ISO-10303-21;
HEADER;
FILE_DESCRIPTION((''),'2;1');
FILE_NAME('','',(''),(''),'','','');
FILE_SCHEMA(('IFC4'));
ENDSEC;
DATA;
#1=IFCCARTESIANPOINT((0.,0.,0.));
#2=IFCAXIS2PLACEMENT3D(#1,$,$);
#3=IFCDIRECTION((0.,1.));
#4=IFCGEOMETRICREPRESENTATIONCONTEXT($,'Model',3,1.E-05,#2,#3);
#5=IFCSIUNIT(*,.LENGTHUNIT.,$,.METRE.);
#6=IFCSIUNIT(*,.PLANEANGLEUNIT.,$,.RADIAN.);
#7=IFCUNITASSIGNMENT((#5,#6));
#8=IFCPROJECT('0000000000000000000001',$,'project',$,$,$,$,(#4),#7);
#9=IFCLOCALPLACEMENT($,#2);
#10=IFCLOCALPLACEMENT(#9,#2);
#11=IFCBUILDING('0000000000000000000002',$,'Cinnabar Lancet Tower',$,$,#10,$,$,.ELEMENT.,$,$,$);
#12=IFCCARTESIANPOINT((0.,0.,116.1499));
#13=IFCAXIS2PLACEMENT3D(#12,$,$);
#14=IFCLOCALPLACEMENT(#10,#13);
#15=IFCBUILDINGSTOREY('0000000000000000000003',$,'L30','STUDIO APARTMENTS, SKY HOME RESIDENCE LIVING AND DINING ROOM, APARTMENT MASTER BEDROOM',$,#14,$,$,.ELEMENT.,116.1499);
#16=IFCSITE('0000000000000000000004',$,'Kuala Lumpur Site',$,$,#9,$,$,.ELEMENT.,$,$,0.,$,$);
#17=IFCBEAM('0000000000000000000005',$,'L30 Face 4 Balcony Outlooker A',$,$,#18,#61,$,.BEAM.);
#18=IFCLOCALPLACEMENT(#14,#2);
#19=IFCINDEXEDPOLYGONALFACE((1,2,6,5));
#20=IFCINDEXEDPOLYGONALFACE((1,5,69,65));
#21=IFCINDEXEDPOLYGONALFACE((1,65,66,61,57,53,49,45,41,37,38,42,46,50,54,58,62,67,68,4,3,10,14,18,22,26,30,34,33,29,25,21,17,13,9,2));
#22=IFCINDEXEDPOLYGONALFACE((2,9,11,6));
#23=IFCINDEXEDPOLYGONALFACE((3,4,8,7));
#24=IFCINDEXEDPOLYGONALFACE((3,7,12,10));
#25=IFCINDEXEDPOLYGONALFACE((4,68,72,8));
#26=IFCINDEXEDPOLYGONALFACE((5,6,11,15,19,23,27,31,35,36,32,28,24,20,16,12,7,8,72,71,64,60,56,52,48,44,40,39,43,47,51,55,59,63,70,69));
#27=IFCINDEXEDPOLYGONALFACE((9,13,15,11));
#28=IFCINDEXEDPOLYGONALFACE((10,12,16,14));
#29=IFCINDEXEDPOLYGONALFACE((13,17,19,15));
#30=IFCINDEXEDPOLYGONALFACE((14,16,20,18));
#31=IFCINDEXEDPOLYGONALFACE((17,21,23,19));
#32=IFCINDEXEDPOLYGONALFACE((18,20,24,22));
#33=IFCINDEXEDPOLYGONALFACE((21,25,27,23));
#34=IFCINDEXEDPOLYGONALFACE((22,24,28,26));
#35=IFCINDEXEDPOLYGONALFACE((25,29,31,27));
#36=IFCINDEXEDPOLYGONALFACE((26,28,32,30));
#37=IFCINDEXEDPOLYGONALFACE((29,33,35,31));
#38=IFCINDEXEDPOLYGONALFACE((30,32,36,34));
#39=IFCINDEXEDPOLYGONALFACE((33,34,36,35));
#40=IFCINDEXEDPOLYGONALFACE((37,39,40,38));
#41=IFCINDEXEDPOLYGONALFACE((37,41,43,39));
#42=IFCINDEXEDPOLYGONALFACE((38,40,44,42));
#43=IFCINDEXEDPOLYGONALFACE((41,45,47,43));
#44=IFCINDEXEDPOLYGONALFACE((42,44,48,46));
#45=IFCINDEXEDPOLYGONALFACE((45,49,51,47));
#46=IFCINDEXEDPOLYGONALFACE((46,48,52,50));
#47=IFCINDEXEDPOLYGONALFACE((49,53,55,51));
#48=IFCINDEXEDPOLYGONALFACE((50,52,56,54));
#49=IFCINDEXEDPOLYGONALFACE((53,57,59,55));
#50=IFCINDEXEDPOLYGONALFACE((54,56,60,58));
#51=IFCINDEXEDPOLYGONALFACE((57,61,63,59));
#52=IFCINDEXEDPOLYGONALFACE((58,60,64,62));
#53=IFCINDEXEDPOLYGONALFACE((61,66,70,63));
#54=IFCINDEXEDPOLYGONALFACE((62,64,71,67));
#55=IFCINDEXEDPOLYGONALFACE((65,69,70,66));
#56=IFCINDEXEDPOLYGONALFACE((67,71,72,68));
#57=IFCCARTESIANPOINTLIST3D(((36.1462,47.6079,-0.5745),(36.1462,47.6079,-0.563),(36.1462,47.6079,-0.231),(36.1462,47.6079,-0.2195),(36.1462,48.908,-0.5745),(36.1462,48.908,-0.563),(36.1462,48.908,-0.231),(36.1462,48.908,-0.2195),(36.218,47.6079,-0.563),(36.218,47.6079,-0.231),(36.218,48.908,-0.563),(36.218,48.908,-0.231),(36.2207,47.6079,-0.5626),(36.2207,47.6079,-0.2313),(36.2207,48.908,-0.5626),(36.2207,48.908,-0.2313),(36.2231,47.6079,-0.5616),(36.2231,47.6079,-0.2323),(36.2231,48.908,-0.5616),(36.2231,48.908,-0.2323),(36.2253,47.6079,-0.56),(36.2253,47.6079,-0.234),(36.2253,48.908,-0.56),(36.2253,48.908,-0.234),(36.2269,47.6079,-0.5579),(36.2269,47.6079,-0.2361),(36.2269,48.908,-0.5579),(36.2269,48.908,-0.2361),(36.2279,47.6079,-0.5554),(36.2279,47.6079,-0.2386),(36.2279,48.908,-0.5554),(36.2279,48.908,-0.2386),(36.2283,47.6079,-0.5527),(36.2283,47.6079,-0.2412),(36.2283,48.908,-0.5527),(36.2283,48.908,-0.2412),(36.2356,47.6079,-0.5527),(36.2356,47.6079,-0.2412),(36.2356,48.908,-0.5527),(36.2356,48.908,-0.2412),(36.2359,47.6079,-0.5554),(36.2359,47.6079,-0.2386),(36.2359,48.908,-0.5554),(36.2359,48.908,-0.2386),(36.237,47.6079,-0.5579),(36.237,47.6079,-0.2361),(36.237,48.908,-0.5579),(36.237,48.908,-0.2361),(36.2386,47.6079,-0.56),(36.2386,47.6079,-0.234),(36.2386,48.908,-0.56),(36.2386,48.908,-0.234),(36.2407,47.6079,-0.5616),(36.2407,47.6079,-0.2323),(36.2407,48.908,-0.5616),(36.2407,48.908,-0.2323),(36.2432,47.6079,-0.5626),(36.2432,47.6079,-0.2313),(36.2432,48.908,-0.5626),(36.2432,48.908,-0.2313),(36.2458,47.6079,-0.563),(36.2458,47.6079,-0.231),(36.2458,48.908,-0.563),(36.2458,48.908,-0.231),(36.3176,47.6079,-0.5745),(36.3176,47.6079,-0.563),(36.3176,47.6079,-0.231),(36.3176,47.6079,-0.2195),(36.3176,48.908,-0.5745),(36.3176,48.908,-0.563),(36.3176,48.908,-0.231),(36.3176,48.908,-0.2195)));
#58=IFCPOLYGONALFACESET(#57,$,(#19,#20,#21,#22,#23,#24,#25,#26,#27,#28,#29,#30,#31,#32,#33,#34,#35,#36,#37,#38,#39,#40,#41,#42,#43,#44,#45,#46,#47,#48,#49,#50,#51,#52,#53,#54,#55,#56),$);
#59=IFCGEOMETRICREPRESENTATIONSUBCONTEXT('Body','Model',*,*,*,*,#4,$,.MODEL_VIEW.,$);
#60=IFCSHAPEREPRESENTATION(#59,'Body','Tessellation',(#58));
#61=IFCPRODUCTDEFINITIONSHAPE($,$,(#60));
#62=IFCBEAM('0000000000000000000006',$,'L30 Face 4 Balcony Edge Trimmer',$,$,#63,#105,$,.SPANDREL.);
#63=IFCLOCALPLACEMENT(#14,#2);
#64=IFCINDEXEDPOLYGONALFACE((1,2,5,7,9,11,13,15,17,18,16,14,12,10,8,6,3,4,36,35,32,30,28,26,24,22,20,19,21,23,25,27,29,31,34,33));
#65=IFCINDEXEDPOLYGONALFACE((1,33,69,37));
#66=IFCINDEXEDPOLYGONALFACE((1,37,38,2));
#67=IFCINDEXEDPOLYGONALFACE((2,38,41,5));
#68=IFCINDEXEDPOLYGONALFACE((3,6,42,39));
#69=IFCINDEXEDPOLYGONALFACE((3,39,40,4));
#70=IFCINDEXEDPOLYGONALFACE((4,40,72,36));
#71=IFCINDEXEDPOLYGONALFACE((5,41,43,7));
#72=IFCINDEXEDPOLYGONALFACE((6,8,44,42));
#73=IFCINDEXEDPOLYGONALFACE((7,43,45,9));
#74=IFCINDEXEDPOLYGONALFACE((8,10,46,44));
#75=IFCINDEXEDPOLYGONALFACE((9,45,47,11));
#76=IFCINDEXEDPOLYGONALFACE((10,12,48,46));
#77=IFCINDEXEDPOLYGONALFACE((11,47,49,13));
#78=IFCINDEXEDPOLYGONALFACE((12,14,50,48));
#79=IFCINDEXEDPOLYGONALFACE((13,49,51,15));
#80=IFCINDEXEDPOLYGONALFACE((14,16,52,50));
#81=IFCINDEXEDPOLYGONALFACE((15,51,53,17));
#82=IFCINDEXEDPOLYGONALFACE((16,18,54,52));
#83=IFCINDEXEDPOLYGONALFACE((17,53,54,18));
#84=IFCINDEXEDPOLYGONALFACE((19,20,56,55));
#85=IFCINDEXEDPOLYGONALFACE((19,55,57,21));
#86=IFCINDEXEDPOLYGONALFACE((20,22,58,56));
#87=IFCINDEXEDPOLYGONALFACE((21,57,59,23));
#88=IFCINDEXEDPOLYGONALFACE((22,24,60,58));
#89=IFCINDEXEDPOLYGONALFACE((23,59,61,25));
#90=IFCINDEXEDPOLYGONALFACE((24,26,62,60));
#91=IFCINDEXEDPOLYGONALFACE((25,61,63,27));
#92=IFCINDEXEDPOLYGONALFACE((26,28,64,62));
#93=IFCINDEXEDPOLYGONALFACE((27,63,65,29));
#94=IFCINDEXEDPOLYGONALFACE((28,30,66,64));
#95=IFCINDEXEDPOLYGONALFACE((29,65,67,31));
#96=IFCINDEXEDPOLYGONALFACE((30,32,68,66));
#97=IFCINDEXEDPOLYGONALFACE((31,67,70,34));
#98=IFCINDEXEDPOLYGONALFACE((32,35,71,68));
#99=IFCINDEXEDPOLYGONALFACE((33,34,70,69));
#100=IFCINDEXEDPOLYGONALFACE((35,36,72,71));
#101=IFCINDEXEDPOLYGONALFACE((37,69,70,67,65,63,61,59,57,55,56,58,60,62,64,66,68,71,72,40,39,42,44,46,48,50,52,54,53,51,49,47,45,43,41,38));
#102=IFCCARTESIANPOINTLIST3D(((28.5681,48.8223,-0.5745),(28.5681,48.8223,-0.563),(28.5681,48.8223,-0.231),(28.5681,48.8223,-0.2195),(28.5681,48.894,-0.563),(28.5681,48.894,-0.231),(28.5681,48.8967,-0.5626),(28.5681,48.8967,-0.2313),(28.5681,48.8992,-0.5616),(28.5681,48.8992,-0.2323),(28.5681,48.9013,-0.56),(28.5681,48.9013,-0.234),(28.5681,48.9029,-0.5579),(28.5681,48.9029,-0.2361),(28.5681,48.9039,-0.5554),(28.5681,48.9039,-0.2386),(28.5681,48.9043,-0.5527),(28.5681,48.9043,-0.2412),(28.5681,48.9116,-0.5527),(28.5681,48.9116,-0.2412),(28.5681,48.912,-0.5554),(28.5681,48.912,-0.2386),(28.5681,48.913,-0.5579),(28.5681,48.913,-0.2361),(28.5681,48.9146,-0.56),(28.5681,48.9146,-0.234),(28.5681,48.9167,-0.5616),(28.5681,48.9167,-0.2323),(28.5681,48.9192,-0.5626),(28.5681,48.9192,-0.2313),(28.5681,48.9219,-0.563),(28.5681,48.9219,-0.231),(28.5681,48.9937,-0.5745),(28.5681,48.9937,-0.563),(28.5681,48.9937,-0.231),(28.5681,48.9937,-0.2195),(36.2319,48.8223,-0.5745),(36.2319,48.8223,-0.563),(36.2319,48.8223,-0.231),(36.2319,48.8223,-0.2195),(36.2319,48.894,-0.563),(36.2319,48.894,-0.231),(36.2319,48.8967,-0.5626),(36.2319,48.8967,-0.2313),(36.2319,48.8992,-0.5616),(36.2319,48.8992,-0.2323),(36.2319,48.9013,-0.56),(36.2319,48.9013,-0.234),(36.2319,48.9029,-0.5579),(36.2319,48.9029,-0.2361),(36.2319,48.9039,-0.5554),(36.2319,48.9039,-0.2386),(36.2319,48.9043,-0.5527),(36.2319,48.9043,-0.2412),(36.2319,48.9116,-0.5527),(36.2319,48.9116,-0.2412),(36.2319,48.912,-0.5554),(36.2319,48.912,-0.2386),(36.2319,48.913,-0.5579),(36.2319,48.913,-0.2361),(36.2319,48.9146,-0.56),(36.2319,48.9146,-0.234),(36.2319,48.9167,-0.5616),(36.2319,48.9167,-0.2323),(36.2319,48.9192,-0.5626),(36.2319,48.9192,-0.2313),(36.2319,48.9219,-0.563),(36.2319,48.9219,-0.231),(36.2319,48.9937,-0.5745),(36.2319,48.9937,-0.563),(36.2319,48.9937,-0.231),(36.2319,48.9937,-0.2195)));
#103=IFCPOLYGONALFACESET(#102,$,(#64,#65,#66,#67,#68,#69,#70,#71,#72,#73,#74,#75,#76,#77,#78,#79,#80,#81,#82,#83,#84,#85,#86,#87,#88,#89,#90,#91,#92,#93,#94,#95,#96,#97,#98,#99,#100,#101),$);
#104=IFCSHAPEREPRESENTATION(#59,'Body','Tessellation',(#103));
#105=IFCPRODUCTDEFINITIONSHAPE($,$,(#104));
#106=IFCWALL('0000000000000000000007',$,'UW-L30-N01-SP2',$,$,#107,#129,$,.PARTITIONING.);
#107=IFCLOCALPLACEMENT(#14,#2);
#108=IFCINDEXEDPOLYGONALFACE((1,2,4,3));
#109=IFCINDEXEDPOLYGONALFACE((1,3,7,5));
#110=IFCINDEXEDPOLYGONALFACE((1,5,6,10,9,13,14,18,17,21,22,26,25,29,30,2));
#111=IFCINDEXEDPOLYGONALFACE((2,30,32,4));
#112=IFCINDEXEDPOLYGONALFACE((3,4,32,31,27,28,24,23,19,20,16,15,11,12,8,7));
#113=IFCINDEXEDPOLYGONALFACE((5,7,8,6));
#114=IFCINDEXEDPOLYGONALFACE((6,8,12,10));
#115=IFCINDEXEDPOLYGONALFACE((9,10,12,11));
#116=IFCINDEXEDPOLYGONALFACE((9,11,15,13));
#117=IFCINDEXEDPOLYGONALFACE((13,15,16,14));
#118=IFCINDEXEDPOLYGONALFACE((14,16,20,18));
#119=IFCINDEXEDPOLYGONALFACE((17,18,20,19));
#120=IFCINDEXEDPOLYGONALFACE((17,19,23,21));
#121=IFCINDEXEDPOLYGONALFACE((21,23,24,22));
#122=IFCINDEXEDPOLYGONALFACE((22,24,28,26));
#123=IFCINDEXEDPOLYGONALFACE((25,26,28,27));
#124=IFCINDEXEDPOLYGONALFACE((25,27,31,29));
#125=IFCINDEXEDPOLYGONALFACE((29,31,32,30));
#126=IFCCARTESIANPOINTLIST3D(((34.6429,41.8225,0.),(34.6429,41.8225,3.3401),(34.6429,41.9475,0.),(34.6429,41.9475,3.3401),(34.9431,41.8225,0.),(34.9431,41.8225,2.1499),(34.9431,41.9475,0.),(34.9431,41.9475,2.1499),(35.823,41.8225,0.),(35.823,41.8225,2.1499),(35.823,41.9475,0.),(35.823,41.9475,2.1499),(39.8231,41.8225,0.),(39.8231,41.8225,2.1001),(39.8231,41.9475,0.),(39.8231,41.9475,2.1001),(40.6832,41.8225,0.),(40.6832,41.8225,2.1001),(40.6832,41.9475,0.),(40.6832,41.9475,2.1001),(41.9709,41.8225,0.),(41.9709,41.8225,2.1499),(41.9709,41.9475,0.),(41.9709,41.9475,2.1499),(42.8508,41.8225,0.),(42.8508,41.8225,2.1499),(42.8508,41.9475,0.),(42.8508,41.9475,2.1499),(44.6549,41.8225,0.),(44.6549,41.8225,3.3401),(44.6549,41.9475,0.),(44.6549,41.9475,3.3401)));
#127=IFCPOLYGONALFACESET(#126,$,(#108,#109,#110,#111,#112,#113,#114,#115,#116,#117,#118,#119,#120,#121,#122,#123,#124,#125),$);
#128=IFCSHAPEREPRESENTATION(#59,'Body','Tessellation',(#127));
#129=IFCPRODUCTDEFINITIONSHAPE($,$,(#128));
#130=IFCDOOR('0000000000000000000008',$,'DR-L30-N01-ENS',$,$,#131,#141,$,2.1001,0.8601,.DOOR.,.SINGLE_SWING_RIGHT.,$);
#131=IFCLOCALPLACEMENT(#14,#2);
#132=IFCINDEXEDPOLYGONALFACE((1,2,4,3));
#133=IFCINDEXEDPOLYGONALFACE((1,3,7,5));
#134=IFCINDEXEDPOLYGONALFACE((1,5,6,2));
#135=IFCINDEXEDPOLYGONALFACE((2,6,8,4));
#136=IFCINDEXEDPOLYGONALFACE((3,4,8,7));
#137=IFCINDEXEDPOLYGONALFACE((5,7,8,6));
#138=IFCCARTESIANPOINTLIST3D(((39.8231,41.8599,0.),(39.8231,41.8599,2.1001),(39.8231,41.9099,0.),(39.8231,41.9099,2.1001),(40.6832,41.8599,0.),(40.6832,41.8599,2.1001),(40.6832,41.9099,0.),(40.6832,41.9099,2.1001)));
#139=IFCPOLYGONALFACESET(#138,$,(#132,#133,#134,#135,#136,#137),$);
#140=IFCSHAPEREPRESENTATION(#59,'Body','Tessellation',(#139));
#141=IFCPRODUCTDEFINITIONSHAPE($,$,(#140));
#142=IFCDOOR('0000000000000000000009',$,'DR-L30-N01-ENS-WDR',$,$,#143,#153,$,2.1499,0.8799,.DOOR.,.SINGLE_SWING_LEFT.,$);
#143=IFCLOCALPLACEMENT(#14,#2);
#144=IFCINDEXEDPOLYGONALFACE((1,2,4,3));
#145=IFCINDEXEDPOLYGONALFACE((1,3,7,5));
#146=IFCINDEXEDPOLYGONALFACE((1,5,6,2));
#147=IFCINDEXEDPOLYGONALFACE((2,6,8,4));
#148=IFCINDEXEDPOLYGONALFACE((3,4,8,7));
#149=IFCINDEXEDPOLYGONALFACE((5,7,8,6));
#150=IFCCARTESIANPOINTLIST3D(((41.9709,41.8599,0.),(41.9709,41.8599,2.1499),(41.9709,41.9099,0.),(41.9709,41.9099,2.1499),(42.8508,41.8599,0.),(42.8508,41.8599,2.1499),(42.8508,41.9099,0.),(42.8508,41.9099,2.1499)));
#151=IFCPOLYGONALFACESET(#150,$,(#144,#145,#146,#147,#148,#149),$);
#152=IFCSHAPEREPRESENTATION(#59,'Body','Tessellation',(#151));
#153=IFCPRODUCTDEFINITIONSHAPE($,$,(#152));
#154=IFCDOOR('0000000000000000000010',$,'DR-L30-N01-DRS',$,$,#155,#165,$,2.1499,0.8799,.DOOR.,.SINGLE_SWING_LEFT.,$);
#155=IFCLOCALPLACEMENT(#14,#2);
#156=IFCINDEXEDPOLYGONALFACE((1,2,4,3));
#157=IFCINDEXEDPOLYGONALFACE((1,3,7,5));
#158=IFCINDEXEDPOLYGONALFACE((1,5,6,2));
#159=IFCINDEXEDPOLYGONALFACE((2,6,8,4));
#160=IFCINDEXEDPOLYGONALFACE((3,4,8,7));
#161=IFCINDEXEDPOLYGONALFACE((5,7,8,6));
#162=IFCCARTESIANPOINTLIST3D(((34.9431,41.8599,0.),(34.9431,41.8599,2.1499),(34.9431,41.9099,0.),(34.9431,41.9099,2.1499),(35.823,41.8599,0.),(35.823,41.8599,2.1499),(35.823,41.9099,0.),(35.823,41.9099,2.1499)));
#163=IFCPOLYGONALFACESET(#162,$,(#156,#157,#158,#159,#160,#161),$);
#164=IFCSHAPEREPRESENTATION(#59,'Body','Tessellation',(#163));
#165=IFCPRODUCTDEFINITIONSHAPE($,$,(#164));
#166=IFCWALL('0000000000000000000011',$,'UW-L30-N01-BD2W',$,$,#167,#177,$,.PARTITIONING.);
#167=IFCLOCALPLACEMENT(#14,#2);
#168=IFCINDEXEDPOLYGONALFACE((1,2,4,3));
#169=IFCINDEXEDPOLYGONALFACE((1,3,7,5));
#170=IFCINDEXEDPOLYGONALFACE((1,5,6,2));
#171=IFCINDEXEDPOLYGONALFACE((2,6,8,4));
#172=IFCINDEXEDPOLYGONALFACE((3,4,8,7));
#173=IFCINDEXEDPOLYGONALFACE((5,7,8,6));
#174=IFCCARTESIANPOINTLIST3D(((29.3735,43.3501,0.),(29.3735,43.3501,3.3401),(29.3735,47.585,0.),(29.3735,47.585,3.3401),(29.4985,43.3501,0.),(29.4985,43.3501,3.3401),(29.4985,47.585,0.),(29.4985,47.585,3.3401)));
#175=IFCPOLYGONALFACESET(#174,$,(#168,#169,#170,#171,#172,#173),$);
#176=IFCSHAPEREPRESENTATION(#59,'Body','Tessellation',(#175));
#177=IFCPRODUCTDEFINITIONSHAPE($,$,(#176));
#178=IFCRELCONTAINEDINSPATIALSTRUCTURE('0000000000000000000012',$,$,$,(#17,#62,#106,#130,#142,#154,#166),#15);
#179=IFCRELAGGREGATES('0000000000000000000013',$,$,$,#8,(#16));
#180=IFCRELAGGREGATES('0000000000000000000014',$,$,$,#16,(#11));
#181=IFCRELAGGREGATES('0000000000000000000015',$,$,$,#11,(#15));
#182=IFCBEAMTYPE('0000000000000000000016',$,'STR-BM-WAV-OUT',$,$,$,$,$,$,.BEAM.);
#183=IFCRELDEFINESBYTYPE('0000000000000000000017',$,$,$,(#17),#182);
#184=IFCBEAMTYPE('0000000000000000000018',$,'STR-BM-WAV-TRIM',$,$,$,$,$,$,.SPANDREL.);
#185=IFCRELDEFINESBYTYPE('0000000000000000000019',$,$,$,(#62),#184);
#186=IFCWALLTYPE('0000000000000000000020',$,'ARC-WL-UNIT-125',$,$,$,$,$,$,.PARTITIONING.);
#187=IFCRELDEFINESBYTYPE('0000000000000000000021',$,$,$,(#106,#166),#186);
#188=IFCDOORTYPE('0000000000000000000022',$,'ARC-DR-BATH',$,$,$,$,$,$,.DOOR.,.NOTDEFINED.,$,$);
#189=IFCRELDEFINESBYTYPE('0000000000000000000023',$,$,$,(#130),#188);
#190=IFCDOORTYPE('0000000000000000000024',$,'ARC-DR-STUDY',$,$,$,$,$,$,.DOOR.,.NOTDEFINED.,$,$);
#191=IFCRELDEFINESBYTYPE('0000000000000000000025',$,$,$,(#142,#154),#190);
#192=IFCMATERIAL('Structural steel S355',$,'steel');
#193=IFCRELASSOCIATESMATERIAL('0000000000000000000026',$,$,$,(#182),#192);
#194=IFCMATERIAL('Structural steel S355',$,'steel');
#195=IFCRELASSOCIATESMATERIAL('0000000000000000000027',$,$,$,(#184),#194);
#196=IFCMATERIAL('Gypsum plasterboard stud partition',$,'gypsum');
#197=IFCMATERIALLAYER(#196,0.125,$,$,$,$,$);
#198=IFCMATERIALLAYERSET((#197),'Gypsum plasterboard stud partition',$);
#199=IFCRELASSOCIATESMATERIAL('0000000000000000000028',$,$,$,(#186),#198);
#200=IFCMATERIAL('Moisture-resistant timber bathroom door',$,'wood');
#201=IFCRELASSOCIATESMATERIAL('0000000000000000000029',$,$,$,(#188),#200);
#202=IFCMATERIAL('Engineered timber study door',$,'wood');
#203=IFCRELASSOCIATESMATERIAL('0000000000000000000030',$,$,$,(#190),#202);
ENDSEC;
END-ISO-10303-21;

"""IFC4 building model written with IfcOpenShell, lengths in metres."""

from ifc_helpers import new_model, si_unit, direction, frame, frame_2d, origin, origin_2d, place, context, subcontext, project, spatial, rectangle, i_section, extrude, material, layer, layer_set, material_profile, profile_set, type_object, element, fill, save


model = new_model("IFC4")

# Units and contexts
model_context = context("Model", 3, precision=1e-05, world=origin(), true_north=direction((0.0, 1.0)))
body_context = subcontext(model_context, "Body", "Model", "MODEL_VIEW")
ifc_project = project(units=[si_unit("LENGTHUNIT", "METRE"), si_unit("PLANEANGLEUNIT", "RADIAN")], contexts=[model_context])

# Site, building, storey
site_placement = place(None, origin())
site = spatial("IfcSite", under=ifc_project, at=site_placement, Name="Kuala Lumpur Site", CompositionType="ELEMENT", RefElevation=0.0)
building_placement = place(site_placement, origin())
building = spatial("IfcBuilding", under=site, at=building_placement, Name="Cinnabar Lancet Tower", CompositionType="ELEMENT")
storey_placement = place(building_placement, frame((0.0, 0.0, 116.1499)))
storey = spatial("IfcBuildingStorey", under=building, at=storey_placement, Name="L30", Description="STUDIO APARTMENTS, SKY HOME RESIDENCE LIVING AND DINING ROOM, APARTMENT MASTER BEDROOM", CompositionType="ELEMENT", Elevation=116.1499)

# Beams
ifc_material_1 = material(Name="Structural steel S355", Category="steel")
ifc_material_profile_1 = material_profile(ifc_material_1, i_section(OverallWidth=0.1714, OverallDepth=0.355, WebThickness=0.0073, FlangeThickness=0.0115, FilletRadius=0.0103, at=origin_2d()), Name="UKB 356x171x51")
ifc_profile_set_1 = profile_set([ifc_material_profile_1], Name="Structural steel S355")
beam_type_1 = type_object("IfcBeamType", Name="STR-BM-WAV-OUT", PredefinedType="BEAM", material=ifc_profile_set_1)
beam_1_placement = place(storey_placement, frame((36.2319, 47.6079, -0.397), z_axis=(0.0, 1.0, 0.0), x_axis=(-1.0, 0.0, 0.0)))
element("IfcBeam", 1, at=beam_1_placement, inside=storey, type_object=beam_type_1, Name="L30 Face 4 Balcony Outlooker A", PredefinedType="BEAM", context=body_context, shape_type="SweptSolid", body=[
    extrude(i_section(OverallWidth=0.1714, OverallDepth=0.355, WebThickness=0.0073, FlangeThickness=0.0115, FilletRadius=0.0103, at=origin_2d()), origin(), (0.0, 0.0, 1.0), 1.3),
])
ifc_material_2 = material(Name="Structural steel S355", Category="steel")
ifc_material_profile_2 = material_profile(ifc_material_2, i_section(OverallWidth=0.1714, OverallDepth=0.355, WebThickness=0.0073, FlangeThickness=0.0115, FilletRadius=0.0103, at=origin_2d()), Name="UKB 356x171x51")
ifc_profile_set_2 = profile_set([ifc_material_profile_2], Name="Structural steel S355")
beam_type_2 = type_object("IfcBeamType", Name="STR-BM-WAV-TRIM", PredefinedType="SPANDREL", material=ifc_profile_set_2)
beam_2_placement = place(storey_placement, frame((36.2319, 48.908, -0.397), z_axis=(-1.0, 0.0, 0.0), x_axis=(0.0, -1.0, 0.0)))
element("IfcBeam", 2, at=beam_2_placement, inside=storey, type_object=beam_type_2, Name="L30 Face 4 Balcony Edge Trimmer", PredefinedType="SPANDREL", context=body_context, shape_type="SweptSolid", body=[
    extrude(i_section(OverallWidth=0.1714, OverallDepth=0.355, WebThickness=0.0073, FlangeThickness=0.0115, FilletRadius=0.0103, at=origin_2d()), origin(), (0.0, 0.0, 1.0), 7.6638),
])

# Wall, openings, doors
ifc_material_3 = material(Name="Gypsum plasterboard stud partition", Category="gypsum")
ifc_layer_1 = layer(ifc_material_3, 0.125)
ifc_layer_set_1 = layer_set([ifc_layer_1], Name="Gypsum plasterboard stud partition")
wall_type_1 = type_object("IfcWallType", Name="ARC-WL-UNIT-125", PredefinedType="PARTITIONING", material=ifc_layer_set_1)
wall_1_placement = place(storey_placement, frame((34.6431, 41.885, 0.0), z_axis=(0.0, 0.0, 1.0), x_axis=(1.0, 0.0, 0.0)))
wall_1 = element("IfcWall", 3, at=wall_1_placement, inside=storey, type_object=wall_type_1, Name="UW-L30-N01-SP2", PredefinedType="PARTITIONING", context=body_context, shape_type="SweptSolid", body=[
    extrude(rectangle(XDim=10.012, YDim=0.125, at=frame_2d((5.0059, 0.0))), origin(), (0.0, 0.0, 1.0), 3.3401),
])
opening_1_placement = place(wall_1_placement, frame((5.1799, 0.0, 0.0)))
opening_1 = element("IfcOpeningElement", 4, at=opening_1_placement, cuts=wall_1, PredefinedType="OPENING", context=body_context, shape_type="SweptSolid", body=[
    extrude(rectangle(XDim=0.8601, YDim=2.1001, at=frame_2d((0.4302, 1.05))), frame((0.0, 0.0725, 0.0), z_axis=(0.0, -1.0, 0.0), x_axis=(1.0, 0.0, 0.0)), (0.0, 0.0, 1.0), 0.145),
])
opening_2_placement = place(wall_1_placement, frame((7.3279, 0.0, 0.0)))
opening_2 = element("IfcOpeningElement", 5, at=opening_2_placement, cuts=wall_1, PredefinedType="OPENING", context=body_context, shape_type="SweptSolid", body=[
    extrude(rectangle(XDim=0.8799, YDim=2.1499, at=frame_2d((0.4399, 1.075))), frame((0.0, 0.0725, 0.0), z_axis=(0.0, -1.0, 0.0), x_axis=(1.0, 0.0, 0.0)), (0.0, 0.0, 1.0), 0.145),
])
opening_3_placement = place(wall_1_placement, frame((0.3, 0.0, 0.0)))
opening_3 = element("IfcOpeningElement", 6, at=opening_3_placement, cuts=wall_1, PredefinedType="OPENING", context=body_context, shape_type="SweptSolid", body=[
    extrude(rectangle(XDim=0.8799, YDim=2.1499, at=frame_2d((0.4399, 1.075))), frame((0.0, 0.0725, 0.0), z_axis=(0.0, -1.0, 0.0), x_axis=(1.0, 0.0, 0.0)), (0.0, 0.0, 1.0), 0.145),
])
ifc_material_4 = material(Name="Moisture-resistant timber bathroom door", Category="wood")
door_type_1 = type_object("IfcDoorType", Name="ARC-DR-BATH", OperationType="NOTDEFINED", PredefinedType="DOOR", material=ifc_material_4)
door_1_placement = place(opening_1_placement, origin())
door_1 = element("IfcDoor", 7, at=door_1_placement, inside=storey, type_object=door_type_1, Name="DR-L30-N01-ENS", OperationType="SINGLE_SWING_RIGHT", OverallHeight=2.1001, OverallWidth=0.8601, PredefinedType="DOOR", context=body_context, shape_type="SweptSolid", body=[
    extrude(rectangle(XDim=0.8601, YDim=2.1001, at=frame_2d((0.4302, 1.05))), frame((0.0, 0.0249, 0.0), z_axis=(0.0, -1.0, 0.0), x_axis=(1.0, 0.0, 0.0)), (0.0, 0.0, 1.0), 0.05),
])
fill(opening_1, door_1)
ifc_material_5 = material(Name="Engineered timber study door", Category="wood")
door_type_2 = type_object("IfcDoorType", Name="ARC-DR-STUDY", OperationType="NOTDEFINED", PredefinedType="DOOR", material=ifc_material_5)
door_2_placement = place(opening_2_placement, origin())
door_2 = element("IfcDoor", 8, at=door_2_placement, inside=storey, type_object=door_type_2, Name="DR-L30-N01-ENS-WDR", OperationType="SINGLE_SWING_LEFT", OverallHeight=2.1499, OverallWidth=0.8799, PredefinedType="DOOR", context=body_context, shape_type="SweptSolid", body=[
    extrude(rectangle(XDim=0.8799, YDim=2.1499, at=frame_2d((0.4399, 1.075))), frame((0.0, 0.0249, 0.0), z_axis=(0.0, -1.0, 0.0), x_axis=(1.0, 0.0, 0.0)), (0.0, 0.0, 1.0), 0.05),
])
fill(opening_2, door_2)
door_3_placement = place(opening_3_placement, origin())
door_3 = element("IfcDoor", 9, at=door_3_placement, inside=storey, type_object=door_type_2, Name="DR-L30-N01-DRS", OperationType="SINGLE_SWING_LEFT", OverallHeight=2.1499, OverallWidth=0.8799, PredefinedType="DOOR", context=body_context, shape_type="SweptSolid", body=[
    extrude(rectangle(XDim=0.8799, YDim=2.1499, at=frame_2d((0.4399, 1.075))), frame((0.0, 0.0249, 0.0), z_axis=(0.0, -1.0, 0.0), x_axis=(1.0, 0.0, 0.0)), (0.0, 0.0, 1.0), 0.05),
])
fill(opening_3, door_3)

# Wall
wall_2_placement = place(storey_placement, frame((29.436, 43.3501, 0.0), z_axis=(0.0, 0.0, 1.0), x_axis=(0.0, 1.0, 0.0)))
element("IfcWall", 10, at=wall_2_placement, inside=storey, type_object=wall_type_1, Name="UW-L30-N01-BD2W", PredefinedType="PARTITIONING", context=body_context, shape_type="SweptSolid", body=[
    extrude(rectangle(XDim=4.2349, YDim=0.125, at=frame_2d((2.1174, 0.0))), origin(), (0.0, 0.0, 1.0), 3.3401),
])

save(model, "model.ifc")
